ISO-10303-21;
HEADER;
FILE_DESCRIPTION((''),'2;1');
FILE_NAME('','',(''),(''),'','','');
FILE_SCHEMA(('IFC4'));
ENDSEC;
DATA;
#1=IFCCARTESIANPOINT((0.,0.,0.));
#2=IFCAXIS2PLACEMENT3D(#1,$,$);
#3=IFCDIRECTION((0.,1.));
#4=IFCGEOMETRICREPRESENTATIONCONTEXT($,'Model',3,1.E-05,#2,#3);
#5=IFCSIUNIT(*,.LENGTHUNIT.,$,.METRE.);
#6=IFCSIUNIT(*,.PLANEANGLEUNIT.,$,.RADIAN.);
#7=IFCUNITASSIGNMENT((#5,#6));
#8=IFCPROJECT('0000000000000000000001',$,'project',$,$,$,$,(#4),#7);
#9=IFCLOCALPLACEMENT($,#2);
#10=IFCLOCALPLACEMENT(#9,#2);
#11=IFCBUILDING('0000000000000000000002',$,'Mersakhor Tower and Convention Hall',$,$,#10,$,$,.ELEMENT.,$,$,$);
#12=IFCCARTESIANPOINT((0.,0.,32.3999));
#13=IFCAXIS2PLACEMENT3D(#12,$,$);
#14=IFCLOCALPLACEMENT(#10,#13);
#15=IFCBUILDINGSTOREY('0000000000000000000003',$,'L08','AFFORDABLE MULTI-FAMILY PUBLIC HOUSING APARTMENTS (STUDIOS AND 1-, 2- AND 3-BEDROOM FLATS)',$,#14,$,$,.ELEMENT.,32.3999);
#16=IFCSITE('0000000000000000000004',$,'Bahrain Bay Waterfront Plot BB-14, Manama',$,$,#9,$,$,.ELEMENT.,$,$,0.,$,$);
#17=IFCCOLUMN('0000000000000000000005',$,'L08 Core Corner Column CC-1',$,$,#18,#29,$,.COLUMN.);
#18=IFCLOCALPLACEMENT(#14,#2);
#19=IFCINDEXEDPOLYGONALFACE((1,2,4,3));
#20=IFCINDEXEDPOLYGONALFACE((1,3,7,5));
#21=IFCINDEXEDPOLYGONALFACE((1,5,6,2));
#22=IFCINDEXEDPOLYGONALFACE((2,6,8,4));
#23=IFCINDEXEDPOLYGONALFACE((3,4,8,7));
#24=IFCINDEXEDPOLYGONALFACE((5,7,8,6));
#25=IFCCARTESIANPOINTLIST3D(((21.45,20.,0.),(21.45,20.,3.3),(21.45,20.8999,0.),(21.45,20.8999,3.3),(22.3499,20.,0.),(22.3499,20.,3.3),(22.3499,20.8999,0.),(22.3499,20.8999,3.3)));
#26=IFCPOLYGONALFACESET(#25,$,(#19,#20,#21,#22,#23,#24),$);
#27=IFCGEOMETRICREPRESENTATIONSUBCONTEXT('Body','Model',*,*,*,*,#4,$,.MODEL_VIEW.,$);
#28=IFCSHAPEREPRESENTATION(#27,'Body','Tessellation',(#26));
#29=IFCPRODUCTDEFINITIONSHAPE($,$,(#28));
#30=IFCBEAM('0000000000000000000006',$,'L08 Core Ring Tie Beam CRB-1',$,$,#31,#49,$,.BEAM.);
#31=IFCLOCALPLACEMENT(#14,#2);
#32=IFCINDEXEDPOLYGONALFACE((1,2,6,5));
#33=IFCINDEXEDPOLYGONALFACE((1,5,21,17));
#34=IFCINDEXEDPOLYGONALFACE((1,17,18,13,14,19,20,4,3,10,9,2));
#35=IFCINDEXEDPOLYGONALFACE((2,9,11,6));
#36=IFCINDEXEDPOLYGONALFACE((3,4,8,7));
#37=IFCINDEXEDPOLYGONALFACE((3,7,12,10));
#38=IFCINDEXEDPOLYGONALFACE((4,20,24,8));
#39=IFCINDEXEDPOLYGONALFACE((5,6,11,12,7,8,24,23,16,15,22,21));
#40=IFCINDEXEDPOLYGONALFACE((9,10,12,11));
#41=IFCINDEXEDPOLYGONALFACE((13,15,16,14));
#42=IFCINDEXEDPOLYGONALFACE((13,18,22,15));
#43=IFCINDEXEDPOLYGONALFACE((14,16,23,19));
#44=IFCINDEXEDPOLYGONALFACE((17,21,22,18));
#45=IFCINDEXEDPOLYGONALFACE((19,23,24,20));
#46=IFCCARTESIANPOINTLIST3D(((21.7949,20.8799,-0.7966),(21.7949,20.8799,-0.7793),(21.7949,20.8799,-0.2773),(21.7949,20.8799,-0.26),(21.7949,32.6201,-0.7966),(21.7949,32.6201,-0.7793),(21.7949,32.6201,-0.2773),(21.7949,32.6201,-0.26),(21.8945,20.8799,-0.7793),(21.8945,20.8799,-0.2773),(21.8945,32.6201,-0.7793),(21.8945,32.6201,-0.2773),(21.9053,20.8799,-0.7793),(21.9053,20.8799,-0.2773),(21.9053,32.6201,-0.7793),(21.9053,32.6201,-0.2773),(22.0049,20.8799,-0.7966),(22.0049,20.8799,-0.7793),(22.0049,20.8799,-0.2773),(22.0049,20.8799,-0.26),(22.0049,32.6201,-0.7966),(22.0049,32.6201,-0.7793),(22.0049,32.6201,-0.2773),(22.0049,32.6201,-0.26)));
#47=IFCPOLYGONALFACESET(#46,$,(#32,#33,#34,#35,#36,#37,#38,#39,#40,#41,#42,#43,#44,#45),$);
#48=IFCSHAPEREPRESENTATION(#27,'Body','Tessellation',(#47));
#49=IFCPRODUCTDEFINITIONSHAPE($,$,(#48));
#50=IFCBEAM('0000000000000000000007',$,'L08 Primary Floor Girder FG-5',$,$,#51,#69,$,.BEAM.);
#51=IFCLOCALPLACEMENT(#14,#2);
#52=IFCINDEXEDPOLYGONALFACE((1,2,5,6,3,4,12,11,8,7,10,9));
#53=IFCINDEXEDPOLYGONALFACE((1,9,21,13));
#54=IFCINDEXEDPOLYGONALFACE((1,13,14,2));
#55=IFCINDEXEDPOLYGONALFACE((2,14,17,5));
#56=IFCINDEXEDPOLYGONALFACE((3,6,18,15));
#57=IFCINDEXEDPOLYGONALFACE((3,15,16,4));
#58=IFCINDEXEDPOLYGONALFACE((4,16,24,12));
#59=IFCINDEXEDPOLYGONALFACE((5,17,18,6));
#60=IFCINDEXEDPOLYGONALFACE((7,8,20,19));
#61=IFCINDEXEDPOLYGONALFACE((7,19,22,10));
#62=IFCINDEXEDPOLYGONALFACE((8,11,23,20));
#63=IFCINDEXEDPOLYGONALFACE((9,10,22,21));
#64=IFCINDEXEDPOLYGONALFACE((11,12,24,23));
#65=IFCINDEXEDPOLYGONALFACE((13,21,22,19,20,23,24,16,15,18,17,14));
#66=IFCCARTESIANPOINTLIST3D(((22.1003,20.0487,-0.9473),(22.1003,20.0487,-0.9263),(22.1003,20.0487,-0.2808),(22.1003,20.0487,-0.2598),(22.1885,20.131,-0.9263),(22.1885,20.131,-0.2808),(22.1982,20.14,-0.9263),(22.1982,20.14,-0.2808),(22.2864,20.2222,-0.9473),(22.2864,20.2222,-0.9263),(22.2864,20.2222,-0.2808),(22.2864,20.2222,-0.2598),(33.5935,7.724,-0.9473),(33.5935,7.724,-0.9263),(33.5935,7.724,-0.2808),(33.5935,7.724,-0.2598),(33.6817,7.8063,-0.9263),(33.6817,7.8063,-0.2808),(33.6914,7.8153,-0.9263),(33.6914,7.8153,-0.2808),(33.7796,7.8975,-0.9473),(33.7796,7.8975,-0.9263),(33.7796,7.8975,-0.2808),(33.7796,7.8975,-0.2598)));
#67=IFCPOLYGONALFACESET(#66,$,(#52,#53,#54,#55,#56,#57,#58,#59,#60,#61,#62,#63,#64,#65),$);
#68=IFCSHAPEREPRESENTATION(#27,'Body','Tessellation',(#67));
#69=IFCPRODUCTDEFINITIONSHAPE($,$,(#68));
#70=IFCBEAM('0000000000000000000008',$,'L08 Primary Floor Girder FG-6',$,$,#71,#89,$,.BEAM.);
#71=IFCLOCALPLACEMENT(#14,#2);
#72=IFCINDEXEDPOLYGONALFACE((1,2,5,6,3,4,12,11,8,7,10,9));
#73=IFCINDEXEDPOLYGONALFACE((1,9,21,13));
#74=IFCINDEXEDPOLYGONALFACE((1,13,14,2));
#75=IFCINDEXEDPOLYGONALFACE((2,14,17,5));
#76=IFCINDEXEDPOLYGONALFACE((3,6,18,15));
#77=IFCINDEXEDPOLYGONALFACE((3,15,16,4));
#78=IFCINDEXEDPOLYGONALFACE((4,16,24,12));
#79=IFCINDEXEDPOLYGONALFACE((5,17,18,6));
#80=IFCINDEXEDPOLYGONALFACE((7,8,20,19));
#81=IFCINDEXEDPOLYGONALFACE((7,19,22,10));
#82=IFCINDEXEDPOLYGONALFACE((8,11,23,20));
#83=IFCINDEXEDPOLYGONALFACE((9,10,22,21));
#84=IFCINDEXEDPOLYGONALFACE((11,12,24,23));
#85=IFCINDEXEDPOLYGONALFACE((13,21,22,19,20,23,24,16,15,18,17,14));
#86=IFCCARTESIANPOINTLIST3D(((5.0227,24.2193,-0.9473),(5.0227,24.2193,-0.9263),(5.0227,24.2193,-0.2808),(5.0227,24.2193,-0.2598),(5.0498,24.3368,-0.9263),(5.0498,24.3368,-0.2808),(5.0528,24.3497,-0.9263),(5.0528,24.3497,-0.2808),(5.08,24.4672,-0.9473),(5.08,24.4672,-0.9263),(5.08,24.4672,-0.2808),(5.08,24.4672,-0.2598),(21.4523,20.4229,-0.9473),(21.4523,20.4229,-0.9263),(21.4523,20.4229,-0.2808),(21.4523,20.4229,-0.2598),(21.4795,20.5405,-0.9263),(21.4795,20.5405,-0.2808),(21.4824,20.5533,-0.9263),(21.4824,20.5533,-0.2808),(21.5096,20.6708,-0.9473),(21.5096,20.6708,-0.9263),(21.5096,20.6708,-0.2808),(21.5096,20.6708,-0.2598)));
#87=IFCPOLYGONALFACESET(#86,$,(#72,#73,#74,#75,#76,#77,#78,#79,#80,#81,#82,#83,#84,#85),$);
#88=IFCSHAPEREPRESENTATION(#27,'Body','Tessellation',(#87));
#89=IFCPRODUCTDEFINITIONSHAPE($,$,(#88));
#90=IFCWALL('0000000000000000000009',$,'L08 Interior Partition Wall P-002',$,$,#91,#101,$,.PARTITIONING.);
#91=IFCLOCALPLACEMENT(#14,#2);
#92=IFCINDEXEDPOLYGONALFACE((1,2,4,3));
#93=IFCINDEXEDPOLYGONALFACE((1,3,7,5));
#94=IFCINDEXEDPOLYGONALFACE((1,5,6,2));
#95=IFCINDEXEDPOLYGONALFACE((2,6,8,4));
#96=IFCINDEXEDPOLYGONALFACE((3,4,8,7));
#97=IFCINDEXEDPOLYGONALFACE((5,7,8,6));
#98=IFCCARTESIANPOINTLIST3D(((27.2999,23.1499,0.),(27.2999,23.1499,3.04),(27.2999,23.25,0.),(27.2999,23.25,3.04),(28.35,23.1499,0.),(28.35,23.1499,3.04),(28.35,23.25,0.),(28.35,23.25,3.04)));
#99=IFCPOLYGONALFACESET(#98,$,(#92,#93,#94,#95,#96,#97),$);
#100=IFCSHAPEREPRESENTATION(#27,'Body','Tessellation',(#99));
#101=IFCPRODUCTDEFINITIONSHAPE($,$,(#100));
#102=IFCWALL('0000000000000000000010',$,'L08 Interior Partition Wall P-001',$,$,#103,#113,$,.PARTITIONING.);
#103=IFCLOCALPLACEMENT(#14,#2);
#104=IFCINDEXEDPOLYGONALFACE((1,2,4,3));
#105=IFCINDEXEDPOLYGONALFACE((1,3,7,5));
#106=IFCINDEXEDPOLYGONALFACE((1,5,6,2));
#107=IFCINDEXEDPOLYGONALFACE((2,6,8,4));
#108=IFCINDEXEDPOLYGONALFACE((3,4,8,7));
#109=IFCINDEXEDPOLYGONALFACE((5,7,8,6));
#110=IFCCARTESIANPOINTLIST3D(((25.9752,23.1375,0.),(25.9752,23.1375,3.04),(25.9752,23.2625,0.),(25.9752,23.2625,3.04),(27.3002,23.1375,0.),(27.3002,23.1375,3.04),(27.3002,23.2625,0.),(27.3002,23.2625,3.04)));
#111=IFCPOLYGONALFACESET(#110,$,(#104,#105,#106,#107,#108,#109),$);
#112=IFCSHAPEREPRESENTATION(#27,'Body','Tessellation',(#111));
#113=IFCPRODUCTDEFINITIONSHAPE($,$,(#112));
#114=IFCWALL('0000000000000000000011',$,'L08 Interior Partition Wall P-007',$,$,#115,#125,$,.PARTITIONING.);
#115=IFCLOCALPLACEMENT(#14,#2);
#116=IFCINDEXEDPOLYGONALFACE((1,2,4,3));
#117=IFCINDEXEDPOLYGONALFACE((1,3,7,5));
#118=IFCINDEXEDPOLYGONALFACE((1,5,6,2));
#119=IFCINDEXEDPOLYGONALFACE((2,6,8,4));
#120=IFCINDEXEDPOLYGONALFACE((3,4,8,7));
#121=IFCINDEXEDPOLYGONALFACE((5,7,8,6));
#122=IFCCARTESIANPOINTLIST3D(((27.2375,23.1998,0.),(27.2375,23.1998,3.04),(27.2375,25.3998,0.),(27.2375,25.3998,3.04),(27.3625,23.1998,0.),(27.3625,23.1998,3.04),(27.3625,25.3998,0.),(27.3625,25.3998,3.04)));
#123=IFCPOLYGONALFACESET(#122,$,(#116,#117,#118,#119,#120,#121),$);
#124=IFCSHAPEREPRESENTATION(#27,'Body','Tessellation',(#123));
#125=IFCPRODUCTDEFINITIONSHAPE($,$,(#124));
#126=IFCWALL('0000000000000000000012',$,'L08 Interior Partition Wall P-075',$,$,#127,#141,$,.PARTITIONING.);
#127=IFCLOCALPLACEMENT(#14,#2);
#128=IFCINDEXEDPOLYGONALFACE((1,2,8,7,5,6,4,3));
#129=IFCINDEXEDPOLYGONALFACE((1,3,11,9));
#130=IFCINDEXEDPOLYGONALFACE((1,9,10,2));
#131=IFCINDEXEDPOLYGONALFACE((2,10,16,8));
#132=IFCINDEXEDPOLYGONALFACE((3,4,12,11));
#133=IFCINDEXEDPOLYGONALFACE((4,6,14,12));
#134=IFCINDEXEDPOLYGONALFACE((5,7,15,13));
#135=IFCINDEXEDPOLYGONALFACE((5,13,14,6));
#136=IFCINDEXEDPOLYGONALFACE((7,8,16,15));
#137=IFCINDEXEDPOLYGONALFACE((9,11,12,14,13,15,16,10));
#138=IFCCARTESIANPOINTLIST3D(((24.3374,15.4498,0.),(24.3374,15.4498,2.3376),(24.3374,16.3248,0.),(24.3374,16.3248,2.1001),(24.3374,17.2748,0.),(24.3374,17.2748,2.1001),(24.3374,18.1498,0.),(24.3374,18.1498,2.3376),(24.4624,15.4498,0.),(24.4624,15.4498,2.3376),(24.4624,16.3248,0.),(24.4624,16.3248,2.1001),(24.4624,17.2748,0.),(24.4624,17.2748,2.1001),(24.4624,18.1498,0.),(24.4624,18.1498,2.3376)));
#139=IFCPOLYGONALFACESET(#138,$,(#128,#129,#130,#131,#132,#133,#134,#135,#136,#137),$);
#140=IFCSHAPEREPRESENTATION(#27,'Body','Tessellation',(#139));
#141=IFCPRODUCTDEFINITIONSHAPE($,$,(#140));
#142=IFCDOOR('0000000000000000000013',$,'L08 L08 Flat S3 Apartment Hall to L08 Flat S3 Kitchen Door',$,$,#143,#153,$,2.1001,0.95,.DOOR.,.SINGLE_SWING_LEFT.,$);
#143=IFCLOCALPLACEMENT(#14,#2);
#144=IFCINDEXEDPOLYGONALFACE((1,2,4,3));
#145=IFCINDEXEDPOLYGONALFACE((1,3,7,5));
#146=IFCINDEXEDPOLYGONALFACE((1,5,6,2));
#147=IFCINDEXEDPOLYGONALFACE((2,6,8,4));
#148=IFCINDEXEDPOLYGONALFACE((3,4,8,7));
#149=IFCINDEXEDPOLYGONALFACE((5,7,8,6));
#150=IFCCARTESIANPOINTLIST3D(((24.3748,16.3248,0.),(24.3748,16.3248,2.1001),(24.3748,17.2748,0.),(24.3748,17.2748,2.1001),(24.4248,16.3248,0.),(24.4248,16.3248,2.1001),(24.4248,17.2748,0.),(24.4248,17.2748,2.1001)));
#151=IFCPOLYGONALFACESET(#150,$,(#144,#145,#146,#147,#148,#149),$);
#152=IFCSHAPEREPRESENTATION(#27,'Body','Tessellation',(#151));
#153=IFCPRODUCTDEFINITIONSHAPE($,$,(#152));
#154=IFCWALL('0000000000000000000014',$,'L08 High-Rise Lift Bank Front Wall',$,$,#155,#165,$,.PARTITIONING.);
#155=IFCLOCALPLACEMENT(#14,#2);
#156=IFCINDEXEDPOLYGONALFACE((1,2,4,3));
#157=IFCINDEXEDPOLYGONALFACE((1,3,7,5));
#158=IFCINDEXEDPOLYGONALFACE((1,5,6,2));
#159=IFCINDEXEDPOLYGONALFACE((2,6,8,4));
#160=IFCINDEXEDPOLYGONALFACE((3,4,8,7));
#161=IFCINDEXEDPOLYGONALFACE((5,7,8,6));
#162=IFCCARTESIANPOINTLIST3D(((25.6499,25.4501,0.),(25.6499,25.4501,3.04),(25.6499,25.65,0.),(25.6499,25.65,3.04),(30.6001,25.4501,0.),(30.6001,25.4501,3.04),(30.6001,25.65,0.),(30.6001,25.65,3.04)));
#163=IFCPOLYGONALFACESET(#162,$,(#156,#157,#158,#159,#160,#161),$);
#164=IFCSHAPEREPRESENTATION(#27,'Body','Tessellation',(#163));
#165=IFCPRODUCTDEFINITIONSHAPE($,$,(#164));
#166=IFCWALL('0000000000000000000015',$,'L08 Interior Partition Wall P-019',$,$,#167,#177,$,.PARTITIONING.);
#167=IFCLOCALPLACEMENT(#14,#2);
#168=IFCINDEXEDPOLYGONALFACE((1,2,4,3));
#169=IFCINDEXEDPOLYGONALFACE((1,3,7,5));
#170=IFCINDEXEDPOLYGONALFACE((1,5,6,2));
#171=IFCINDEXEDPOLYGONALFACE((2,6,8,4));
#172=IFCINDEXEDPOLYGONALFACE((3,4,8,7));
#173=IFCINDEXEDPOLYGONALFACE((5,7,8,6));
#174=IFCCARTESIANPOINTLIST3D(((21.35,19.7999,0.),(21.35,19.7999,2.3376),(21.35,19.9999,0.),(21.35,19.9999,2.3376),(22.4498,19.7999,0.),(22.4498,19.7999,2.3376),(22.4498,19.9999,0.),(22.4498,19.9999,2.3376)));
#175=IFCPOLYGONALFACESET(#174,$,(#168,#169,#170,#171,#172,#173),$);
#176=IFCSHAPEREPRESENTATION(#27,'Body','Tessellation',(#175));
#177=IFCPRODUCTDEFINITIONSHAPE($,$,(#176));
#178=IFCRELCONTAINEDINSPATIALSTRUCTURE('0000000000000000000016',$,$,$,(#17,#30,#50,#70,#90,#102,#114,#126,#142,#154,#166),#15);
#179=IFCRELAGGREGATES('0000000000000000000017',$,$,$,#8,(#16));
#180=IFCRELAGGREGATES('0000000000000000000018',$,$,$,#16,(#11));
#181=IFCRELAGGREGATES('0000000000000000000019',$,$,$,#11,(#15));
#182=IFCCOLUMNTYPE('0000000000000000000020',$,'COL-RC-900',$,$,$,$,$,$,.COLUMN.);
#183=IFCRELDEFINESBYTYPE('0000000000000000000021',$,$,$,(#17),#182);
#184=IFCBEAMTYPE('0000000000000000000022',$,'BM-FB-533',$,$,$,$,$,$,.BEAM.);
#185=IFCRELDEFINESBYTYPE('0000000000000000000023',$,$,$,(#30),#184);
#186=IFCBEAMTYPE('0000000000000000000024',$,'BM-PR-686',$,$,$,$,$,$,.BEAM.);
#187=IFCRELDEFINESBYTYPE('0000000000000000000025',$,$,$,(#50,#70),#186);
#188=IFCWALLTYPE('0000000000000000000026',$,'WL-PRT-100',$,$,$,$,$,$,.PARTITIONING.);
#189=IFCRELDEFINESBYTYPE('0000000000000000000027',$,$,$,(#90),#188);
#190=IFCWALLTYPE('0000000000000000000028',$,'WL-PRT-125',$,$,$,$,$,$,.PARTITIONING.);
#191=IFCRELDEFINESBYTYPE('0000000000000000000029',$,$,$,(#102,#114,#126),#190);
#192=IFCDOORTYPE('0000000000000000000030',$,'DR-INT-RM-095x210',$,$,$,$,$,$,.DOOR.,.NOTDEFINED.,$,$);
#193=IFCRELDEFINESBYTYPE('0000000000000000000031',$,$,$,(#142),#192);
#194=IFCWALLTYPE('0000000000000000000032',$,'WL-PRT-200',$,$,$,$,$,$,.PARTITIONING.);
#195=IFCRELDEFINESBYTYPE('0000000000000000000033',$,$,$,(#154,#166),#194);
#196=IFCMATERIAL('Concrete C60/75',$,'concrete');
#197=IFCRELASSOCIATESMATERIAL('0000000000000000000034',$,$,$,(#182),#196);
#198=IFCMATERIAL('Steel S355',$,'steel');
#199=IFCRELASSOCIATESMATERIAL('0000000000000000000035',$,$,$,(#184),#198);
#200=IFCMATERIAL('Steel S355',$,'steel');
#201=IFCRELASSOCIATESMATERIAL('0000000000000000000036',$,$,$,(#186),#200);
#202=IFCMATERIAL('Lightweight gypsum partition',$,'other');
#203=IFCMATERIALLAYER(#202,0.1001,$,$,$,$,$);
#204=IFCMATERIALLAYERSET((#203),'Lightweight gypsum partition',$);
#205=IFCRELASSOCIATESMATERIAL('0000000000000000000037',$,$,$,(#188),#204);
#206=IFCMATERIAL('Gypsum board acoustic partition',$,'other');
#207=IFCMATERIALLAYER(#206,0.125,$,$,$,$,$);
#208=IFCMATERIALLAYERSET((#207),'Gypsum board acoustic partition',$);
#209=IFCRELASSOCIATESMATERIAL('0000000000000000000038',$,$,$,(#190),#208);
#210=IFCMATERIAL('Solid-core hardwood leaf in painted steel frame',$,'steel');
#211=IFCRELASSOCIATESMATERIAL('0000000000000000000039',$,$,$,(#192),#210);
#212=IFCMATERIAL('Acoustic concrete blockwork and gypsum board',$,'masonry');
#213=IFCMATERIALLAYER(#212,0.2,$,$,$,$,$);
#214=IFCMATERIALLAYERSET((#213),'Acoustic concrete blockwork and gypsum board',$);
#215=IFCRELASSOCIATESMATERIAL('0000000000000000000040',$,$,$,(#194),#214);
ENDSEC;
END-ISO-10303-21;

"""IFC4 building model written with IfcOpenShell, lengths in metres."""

from ifc_helpers import new_model, si_unit, direction, frame, frame_2d, origin, origin_2d, place, context, subcontext, project, spatial, rectangle, i_section, extrude, material, layer, layer_set, material_profile, profile_set, type_object, element, fill, save


model = new_model("IFC4")

# Units and contexts
model_context = context("Model", 3, precision=1e-05, world=origin(), true_north=direction((0.0, 1.0)))
body_context = subcontext(model_context, "Body", "Model", "MODEL_VIEW")
ifc_project = project(units=[si_unit("LENGTHUNIT", "METRE"), si_unit("PLANEANGLEUNIT", "RADIAN")], contexts=[model_context])

# Site, building, storey
site_placement = place(None, origin())
site = spatial("IfcSite", under=ifc_project, at=site_placement, Name="Bahrain Bay Waterfront Plot BB-14, Manama", CompositionType="ELEMENT", RefElevation=0.0)
building_placement = place(site_placement, origin())
building = spatial("IfcBuilding", under=site, at=building_placement, Name="Mersakhor Tower and Convention Hall", CompositionType="ELEMENT")
storey_placement = place(building_placement, frame((0.0, 0.0, 32.3999)))
storey = spatial("IfcBuildingStorey", under=building, at=storey_placement, Name="L08", Description="AFFORDABLE MULTI-FAMILY PUBLIC HOUSING APARTMENTS (STUDIOS AND 1-, 2- AND 3-BEDROOM FLATS)", CompositionType="ELEMENT", Elevation=32.3999)

# Column
ifc_material_1 = material(Name="Concrete C60/75", Category="concrete")
ifc_material_profile_1 = material_profile(ifc_material_1, rectangle(XDim=0.8999, YDim=0.8999, at=origin_2d()), Name="RC 900x900")
ifc_profile_set_1 = profile_set([ifc_material_profile_1], Name="Concrete C60/75")
column_type = type_object("IfcColumnType", Name="COL-RC-900", PredefinedType="COLUMN", material=ifc_profile_set_1)
column_placement = place(storey_placement, frame((21.8999, 20.45, 0.0), z_axis=(0.0, 0.0, 1.0), x_axis=(1.0, 0.0, 0.0)))
element("IfcColumn", 1, at=column_placement, inside=storey, type_object=column_type, Name="L08 Core Corner Column CC-1", PredefinedType="COLUMN", context=body_context, shape_type="SweptSolid", body=[
    extrude(rectangle(XDim=0.8999, YDim=0.8999, at=origin_2d()), origin(), (0.0, 0.0, 1.0), 3.3),
])

# Beams
ifc_material_2 = material(Name="Steel S355", Category="steel")
ifc_material_profile_2 = material_profile(ifc_material_2, i_section(OverallWidth=0.21, OverallDepth=0.5366, WebThickness=0.0107, FlangeThickness=0.0173, at=origin_2d()), Name="UB 533x210x101")
ifc_profile_set_2 = profile_set([ifc_material_profile_2], Name="Steel S355")
beam_type_1 = type_object("IfcBeamType", Name="BM-FB-533", PredefinedType="BEAM", material=ifc_profile_set_2)
beam_1_placement = place(storey_placement, frame((21.8999, 20.8799, -0.5283), z_axis=(0.0, 1.0, 0.0), x_axis=(-1.0, 0.0, 0.0)))
element("IfcBeam", 2, at=beam_1_placement, inside=storey, type_object=beam_type_1, Name="L08 Core Ring Tie Beam CRB-1", PredefinedType="BEAM", context=body_context, shape_type="SweptSolid", body=[
    extrude(i_section(OverallWidth=0.21, OverallDepth=0.5366, WebThickness=0.0107, FlangeThickness=0.0173, at=origin_2d()), origin(), (0.0, 0.0, 1.0), 11.7402),
])
ifc_material_3 = material(Name="Steel S355", Category="steel")
ifc_material_profile_3 = material_profile(ifc_material_3, i_section(OverallWidth=0.2544, OverallDepth=0.6875, WebThickness=0.0132, FlangeThickness=0.021, at=origin_2d()), Name="UB 686x254x152")
ifc_profile_set_3 = profile_set([ifc_material_profile_3], Name="Steel S355")
beam_type_2 = type_object("IfcBeamType", Name="BM-PR-686", PredefinedType="BEAM", material=ifc_profile_set_3)
beam_2_placement = place(storey_placement, frame((22.1934, 20.1355, -0.6035), z_axis=(0.682004, -0.731348, 0.0), x_axis=(0.731348, 0.682004, 0.0)))
element("IfcBeam", 3, at=beam_2_placement, inside=storey, type_object=beam_type_2, Name="L08 Primary Floor Girder FG-5", PredefinedType="BEAM", context=body_context, shape_type="SweptSolid", body=[
    extrude(i_section(OverallWidth=0.2544, OverallDepth=0.6875, WebThickness=0.0132, FlangeThickness=0.021, at=origin_2d()), origin(), (0.0, 0.0, 1.0), 16.8521),
])
beam_3_placement = place(storey_placement, frame((21.481, 20.5469, -0.6035), z_axis=(-0.974327, 0.225137, 0.0), x_axis=(-0.225137, -0.974327, 0.0)))
element("IfcBeam", 4, at=beam_3_placement, inside=storey, type_object=beam_type_2, Name="L08 Primary Floor Girder FG-6", PredefinedType="BEAM", context=body_context, shape_type="SweptSolid", body=[
    extrude(i_section(OverallWidth=0.2544, OverallDepth=0.6875, WebThickness=0.0132, FlangeThickness=0.021, at=origin_2d()), origin(), (0.0, 0.0, 1.0), 16.8625),
])

# Walls
ifc_material_4 = material(Name="Lightweight gypsum partition", Category="other")
ifc_layer_1 = layer(ifc_material_4, 0.1001)
ifc_layer_set_1 = layer_set([ifc_layer_1], Name="Lightweight gypsum partition")
wall_type_1 = type_object("IfcWallType", Name="WL-PRT-100", PredefinedType="PARTITIONING", material=ifc_layer_set_1)
wall_1_placement = place(storey_placement, frame((27.3, 23.2, 0.0), z_axis=(0.0, 0.0, 1.0), x_axis=(1.0, 0.0, 0.0)))
element("IfcWall", 5, at=wall_1_placement, inside=storey, type_object=wall_type_1, Name="L08 Interior Partition Wall P-002", PredefinedType="PARTITIONING", context=body_context, shape_type="SweptSolid", body=[
    extrude(rectangle(XDim=1.05, YDim=0.1001, at=frame_2d((0.5249, 0.0))), origin(), (0.0, 0.0, 1.0), 3.04),
])
ifc_material_5 = material(Name="Gypsum board acoustic partition", Category="other")
ifc_layer_2 = layer(ifc_material_5, 0.125)
ifc_layer_set_2 = layer_set([ifc_layer_2], Name="Gypsum board acoustic partition")
wall_type_2 = type_object("IfcWallType", Name="WL-PRT-125", PredefinedType="PARTITIONING", material=ifc_layer_set_2)
wall_2_placement = place(storey_placement, frame((25.9751, 23.2, 0.0), z_axis=(0.0, 0.0, 1.0), x_axis=(1.0, 0.0, 0.0)))
element("IfcWall", 6, at=wall_2_placement, inside=storey, type_object=wall_type_2, Name="L08 Interior Partition Wall P-001", PredefinedType="PARTITIONING", context=body_context, shape_type="SweptSolid", body=[
    extrude(rectangle(XDim=1.325, YDim=0.125, at=frame_2d((0.6626, 0.0))), origin(), (0.0, 0.0, 1.0), 3.04),
])
wall_3_placement = place(storey_placement, frame((27.3, 25.3999, 0.0), z_axis=(0.0, 0.0, 1.0), x_axis=(0.0, -1.0, 0.0)))
element("IfcWall", 7, at=wall_3_placement, inside=storey, type_object=wall_type_2, Name="L08 Interior Partition Wall P-007", PredefinedType="PARTITIONING", context=body_context, shape_type="SweptSolid", body=[
    extrude(rectangle(XDim=2.2, YDim=0.125, at=frame_2d((1.1001, 0.0))), origin(), (0.0, 0.0, 1.0), 3.04),
])

# Wall, opening, door
wall_4_placement = place(storey_placement, frame((24.3999, 18.1499, 0.0), z_axis=(0.0, 0.0, 1.0), x_axis=(0.0, -1.0, 0.0)))
wall_4 = element("IfcWall", 8, at=wall_4_placement, inside=storey, type_object=wall_type_2, Name="L08 Interior Partition Wall P-075", PredefinedType="PARTITIONING", context=body_context, shape_type="SweptSolid", body=[
    extrude(rectangle(XDim=2.7, YDim=0.125, at=frame_2d((1.3501, 0.0))), origin(), (0.0, 0.0, 1.0), 2.3376),
])
opening_1_placement = place(wall_4_placement, frame((0.875, 0.0, 0.0)))
opening_1 = element("IfcOpeningElement", 9, at=opening_1_placement, cuts=wall_4, PredefinedType="OPENING", context=body_context, shape_type="SweptSolid", body=[
    extrude(rectangle(XDim=0.95, YDim=2.1001, at=frame_2d((0.4751, 1.05))), frame((0.0, 0.0725, 0.0), z_axis=(0.0, -1.0, 0.0), x_axis=(1.0, 0.0, 0.0)), (0.0, 0.0, 1.0), 0.145),
])
ifc_material_6 = material(Name="Solid-core hardwood leaf in painted steel frame", Category="steel")
door_type_1 = type_object("IfcDoorType", Name="DR-INT-RM-095x210", OperationType="NOTDEFINED", PredefinedType="DOOR", material=ifc_material_6)
door_1_placement = place(opening_1_placement, origin())
door_1 = element("IfcDoor", 10, at=door_1_placement, inside=storey, type_object=door_type_1, Name="L08 L08 Flat S3 Apartment Hall to L08 Flat S3 Kitchen Door", OperationType="SINGLE_SWING_LEFT", OverallHeight=2.1001, OverallWidth=0.95, PredefinedType="DOOR", context=body_context, shape_type="SweptSolid", body=[
    extrude(rectangle(XDim=0.95, YDim=2.1001, at=frame_2d((0.4751, 1.05))), frame((0.0, 0.0249, 0.0), z_axis=(0.0, -1.0, 0.0), x_axis=(1.0, 0.0, 0.0)), (0.0, 0.0, 1.0), 0.05),
])
fill(opening_1, door_1)

# Walls
ifc_material_7 = material(Name="Acoustic concrete blockwork and gypsum board", Category="masonry")
ifc_layer_3 = layer(ifc_material_7, 0.2)
ifc_layer_set_3 = layer_set([ifc_layer_3], Name="Acoustic concrete blockwork and gypsum board")
wall_type_3 = type_object("IfcWallType", Name="WL-PRT-200", PredefinedType="PARTITIONING", material=ifc_layer_set_3)
wall_5_placement = place(storey_placement, frame((25.6499, 25.55, 0.0), z_axis=(0.0, 0.0, 1.0), x_axis=(1.0, 0.0, 0.0)))
element("IfcWall", 11, at=wall_5_placement, inside=storey, type_object=wall_type_3, Name="L08 High-Rise Lift Bank Front Wall", PredefinedType="PARTITIONING", context=body_context, shape_type="SweptSolid", body=[
    extrude(rectangle(XDim=4.9502, YDim=0.2, at=frame_2d((2.4751, 0.0))), origin(), (0.0, 0.0, 1.0), 3.04),
])
wall_6_placement = place(storey_placement, frame((21.3501, 19.8999, 0.0), z_axis=(0.0, 0.0, 1.0), x_axis=(1.0, 0.0, 0.0)))
element("IfcWall", 12, at=wall_6_placement, inside=storey, type_object=wall_type_3, Name="L08 Interior Partition Wall P-019", PredefinedType="PARTITIONING", context=body_context, shape_type="SweptSolid", body=[
    extrude(rectangle(XDim=1.0999, YDim=0.2, at=frame_2d((0.5498, 0.0))), origin(), (0.0, 0.0, 1.0), 2.3376),
])

save(model, "model.ifc")
